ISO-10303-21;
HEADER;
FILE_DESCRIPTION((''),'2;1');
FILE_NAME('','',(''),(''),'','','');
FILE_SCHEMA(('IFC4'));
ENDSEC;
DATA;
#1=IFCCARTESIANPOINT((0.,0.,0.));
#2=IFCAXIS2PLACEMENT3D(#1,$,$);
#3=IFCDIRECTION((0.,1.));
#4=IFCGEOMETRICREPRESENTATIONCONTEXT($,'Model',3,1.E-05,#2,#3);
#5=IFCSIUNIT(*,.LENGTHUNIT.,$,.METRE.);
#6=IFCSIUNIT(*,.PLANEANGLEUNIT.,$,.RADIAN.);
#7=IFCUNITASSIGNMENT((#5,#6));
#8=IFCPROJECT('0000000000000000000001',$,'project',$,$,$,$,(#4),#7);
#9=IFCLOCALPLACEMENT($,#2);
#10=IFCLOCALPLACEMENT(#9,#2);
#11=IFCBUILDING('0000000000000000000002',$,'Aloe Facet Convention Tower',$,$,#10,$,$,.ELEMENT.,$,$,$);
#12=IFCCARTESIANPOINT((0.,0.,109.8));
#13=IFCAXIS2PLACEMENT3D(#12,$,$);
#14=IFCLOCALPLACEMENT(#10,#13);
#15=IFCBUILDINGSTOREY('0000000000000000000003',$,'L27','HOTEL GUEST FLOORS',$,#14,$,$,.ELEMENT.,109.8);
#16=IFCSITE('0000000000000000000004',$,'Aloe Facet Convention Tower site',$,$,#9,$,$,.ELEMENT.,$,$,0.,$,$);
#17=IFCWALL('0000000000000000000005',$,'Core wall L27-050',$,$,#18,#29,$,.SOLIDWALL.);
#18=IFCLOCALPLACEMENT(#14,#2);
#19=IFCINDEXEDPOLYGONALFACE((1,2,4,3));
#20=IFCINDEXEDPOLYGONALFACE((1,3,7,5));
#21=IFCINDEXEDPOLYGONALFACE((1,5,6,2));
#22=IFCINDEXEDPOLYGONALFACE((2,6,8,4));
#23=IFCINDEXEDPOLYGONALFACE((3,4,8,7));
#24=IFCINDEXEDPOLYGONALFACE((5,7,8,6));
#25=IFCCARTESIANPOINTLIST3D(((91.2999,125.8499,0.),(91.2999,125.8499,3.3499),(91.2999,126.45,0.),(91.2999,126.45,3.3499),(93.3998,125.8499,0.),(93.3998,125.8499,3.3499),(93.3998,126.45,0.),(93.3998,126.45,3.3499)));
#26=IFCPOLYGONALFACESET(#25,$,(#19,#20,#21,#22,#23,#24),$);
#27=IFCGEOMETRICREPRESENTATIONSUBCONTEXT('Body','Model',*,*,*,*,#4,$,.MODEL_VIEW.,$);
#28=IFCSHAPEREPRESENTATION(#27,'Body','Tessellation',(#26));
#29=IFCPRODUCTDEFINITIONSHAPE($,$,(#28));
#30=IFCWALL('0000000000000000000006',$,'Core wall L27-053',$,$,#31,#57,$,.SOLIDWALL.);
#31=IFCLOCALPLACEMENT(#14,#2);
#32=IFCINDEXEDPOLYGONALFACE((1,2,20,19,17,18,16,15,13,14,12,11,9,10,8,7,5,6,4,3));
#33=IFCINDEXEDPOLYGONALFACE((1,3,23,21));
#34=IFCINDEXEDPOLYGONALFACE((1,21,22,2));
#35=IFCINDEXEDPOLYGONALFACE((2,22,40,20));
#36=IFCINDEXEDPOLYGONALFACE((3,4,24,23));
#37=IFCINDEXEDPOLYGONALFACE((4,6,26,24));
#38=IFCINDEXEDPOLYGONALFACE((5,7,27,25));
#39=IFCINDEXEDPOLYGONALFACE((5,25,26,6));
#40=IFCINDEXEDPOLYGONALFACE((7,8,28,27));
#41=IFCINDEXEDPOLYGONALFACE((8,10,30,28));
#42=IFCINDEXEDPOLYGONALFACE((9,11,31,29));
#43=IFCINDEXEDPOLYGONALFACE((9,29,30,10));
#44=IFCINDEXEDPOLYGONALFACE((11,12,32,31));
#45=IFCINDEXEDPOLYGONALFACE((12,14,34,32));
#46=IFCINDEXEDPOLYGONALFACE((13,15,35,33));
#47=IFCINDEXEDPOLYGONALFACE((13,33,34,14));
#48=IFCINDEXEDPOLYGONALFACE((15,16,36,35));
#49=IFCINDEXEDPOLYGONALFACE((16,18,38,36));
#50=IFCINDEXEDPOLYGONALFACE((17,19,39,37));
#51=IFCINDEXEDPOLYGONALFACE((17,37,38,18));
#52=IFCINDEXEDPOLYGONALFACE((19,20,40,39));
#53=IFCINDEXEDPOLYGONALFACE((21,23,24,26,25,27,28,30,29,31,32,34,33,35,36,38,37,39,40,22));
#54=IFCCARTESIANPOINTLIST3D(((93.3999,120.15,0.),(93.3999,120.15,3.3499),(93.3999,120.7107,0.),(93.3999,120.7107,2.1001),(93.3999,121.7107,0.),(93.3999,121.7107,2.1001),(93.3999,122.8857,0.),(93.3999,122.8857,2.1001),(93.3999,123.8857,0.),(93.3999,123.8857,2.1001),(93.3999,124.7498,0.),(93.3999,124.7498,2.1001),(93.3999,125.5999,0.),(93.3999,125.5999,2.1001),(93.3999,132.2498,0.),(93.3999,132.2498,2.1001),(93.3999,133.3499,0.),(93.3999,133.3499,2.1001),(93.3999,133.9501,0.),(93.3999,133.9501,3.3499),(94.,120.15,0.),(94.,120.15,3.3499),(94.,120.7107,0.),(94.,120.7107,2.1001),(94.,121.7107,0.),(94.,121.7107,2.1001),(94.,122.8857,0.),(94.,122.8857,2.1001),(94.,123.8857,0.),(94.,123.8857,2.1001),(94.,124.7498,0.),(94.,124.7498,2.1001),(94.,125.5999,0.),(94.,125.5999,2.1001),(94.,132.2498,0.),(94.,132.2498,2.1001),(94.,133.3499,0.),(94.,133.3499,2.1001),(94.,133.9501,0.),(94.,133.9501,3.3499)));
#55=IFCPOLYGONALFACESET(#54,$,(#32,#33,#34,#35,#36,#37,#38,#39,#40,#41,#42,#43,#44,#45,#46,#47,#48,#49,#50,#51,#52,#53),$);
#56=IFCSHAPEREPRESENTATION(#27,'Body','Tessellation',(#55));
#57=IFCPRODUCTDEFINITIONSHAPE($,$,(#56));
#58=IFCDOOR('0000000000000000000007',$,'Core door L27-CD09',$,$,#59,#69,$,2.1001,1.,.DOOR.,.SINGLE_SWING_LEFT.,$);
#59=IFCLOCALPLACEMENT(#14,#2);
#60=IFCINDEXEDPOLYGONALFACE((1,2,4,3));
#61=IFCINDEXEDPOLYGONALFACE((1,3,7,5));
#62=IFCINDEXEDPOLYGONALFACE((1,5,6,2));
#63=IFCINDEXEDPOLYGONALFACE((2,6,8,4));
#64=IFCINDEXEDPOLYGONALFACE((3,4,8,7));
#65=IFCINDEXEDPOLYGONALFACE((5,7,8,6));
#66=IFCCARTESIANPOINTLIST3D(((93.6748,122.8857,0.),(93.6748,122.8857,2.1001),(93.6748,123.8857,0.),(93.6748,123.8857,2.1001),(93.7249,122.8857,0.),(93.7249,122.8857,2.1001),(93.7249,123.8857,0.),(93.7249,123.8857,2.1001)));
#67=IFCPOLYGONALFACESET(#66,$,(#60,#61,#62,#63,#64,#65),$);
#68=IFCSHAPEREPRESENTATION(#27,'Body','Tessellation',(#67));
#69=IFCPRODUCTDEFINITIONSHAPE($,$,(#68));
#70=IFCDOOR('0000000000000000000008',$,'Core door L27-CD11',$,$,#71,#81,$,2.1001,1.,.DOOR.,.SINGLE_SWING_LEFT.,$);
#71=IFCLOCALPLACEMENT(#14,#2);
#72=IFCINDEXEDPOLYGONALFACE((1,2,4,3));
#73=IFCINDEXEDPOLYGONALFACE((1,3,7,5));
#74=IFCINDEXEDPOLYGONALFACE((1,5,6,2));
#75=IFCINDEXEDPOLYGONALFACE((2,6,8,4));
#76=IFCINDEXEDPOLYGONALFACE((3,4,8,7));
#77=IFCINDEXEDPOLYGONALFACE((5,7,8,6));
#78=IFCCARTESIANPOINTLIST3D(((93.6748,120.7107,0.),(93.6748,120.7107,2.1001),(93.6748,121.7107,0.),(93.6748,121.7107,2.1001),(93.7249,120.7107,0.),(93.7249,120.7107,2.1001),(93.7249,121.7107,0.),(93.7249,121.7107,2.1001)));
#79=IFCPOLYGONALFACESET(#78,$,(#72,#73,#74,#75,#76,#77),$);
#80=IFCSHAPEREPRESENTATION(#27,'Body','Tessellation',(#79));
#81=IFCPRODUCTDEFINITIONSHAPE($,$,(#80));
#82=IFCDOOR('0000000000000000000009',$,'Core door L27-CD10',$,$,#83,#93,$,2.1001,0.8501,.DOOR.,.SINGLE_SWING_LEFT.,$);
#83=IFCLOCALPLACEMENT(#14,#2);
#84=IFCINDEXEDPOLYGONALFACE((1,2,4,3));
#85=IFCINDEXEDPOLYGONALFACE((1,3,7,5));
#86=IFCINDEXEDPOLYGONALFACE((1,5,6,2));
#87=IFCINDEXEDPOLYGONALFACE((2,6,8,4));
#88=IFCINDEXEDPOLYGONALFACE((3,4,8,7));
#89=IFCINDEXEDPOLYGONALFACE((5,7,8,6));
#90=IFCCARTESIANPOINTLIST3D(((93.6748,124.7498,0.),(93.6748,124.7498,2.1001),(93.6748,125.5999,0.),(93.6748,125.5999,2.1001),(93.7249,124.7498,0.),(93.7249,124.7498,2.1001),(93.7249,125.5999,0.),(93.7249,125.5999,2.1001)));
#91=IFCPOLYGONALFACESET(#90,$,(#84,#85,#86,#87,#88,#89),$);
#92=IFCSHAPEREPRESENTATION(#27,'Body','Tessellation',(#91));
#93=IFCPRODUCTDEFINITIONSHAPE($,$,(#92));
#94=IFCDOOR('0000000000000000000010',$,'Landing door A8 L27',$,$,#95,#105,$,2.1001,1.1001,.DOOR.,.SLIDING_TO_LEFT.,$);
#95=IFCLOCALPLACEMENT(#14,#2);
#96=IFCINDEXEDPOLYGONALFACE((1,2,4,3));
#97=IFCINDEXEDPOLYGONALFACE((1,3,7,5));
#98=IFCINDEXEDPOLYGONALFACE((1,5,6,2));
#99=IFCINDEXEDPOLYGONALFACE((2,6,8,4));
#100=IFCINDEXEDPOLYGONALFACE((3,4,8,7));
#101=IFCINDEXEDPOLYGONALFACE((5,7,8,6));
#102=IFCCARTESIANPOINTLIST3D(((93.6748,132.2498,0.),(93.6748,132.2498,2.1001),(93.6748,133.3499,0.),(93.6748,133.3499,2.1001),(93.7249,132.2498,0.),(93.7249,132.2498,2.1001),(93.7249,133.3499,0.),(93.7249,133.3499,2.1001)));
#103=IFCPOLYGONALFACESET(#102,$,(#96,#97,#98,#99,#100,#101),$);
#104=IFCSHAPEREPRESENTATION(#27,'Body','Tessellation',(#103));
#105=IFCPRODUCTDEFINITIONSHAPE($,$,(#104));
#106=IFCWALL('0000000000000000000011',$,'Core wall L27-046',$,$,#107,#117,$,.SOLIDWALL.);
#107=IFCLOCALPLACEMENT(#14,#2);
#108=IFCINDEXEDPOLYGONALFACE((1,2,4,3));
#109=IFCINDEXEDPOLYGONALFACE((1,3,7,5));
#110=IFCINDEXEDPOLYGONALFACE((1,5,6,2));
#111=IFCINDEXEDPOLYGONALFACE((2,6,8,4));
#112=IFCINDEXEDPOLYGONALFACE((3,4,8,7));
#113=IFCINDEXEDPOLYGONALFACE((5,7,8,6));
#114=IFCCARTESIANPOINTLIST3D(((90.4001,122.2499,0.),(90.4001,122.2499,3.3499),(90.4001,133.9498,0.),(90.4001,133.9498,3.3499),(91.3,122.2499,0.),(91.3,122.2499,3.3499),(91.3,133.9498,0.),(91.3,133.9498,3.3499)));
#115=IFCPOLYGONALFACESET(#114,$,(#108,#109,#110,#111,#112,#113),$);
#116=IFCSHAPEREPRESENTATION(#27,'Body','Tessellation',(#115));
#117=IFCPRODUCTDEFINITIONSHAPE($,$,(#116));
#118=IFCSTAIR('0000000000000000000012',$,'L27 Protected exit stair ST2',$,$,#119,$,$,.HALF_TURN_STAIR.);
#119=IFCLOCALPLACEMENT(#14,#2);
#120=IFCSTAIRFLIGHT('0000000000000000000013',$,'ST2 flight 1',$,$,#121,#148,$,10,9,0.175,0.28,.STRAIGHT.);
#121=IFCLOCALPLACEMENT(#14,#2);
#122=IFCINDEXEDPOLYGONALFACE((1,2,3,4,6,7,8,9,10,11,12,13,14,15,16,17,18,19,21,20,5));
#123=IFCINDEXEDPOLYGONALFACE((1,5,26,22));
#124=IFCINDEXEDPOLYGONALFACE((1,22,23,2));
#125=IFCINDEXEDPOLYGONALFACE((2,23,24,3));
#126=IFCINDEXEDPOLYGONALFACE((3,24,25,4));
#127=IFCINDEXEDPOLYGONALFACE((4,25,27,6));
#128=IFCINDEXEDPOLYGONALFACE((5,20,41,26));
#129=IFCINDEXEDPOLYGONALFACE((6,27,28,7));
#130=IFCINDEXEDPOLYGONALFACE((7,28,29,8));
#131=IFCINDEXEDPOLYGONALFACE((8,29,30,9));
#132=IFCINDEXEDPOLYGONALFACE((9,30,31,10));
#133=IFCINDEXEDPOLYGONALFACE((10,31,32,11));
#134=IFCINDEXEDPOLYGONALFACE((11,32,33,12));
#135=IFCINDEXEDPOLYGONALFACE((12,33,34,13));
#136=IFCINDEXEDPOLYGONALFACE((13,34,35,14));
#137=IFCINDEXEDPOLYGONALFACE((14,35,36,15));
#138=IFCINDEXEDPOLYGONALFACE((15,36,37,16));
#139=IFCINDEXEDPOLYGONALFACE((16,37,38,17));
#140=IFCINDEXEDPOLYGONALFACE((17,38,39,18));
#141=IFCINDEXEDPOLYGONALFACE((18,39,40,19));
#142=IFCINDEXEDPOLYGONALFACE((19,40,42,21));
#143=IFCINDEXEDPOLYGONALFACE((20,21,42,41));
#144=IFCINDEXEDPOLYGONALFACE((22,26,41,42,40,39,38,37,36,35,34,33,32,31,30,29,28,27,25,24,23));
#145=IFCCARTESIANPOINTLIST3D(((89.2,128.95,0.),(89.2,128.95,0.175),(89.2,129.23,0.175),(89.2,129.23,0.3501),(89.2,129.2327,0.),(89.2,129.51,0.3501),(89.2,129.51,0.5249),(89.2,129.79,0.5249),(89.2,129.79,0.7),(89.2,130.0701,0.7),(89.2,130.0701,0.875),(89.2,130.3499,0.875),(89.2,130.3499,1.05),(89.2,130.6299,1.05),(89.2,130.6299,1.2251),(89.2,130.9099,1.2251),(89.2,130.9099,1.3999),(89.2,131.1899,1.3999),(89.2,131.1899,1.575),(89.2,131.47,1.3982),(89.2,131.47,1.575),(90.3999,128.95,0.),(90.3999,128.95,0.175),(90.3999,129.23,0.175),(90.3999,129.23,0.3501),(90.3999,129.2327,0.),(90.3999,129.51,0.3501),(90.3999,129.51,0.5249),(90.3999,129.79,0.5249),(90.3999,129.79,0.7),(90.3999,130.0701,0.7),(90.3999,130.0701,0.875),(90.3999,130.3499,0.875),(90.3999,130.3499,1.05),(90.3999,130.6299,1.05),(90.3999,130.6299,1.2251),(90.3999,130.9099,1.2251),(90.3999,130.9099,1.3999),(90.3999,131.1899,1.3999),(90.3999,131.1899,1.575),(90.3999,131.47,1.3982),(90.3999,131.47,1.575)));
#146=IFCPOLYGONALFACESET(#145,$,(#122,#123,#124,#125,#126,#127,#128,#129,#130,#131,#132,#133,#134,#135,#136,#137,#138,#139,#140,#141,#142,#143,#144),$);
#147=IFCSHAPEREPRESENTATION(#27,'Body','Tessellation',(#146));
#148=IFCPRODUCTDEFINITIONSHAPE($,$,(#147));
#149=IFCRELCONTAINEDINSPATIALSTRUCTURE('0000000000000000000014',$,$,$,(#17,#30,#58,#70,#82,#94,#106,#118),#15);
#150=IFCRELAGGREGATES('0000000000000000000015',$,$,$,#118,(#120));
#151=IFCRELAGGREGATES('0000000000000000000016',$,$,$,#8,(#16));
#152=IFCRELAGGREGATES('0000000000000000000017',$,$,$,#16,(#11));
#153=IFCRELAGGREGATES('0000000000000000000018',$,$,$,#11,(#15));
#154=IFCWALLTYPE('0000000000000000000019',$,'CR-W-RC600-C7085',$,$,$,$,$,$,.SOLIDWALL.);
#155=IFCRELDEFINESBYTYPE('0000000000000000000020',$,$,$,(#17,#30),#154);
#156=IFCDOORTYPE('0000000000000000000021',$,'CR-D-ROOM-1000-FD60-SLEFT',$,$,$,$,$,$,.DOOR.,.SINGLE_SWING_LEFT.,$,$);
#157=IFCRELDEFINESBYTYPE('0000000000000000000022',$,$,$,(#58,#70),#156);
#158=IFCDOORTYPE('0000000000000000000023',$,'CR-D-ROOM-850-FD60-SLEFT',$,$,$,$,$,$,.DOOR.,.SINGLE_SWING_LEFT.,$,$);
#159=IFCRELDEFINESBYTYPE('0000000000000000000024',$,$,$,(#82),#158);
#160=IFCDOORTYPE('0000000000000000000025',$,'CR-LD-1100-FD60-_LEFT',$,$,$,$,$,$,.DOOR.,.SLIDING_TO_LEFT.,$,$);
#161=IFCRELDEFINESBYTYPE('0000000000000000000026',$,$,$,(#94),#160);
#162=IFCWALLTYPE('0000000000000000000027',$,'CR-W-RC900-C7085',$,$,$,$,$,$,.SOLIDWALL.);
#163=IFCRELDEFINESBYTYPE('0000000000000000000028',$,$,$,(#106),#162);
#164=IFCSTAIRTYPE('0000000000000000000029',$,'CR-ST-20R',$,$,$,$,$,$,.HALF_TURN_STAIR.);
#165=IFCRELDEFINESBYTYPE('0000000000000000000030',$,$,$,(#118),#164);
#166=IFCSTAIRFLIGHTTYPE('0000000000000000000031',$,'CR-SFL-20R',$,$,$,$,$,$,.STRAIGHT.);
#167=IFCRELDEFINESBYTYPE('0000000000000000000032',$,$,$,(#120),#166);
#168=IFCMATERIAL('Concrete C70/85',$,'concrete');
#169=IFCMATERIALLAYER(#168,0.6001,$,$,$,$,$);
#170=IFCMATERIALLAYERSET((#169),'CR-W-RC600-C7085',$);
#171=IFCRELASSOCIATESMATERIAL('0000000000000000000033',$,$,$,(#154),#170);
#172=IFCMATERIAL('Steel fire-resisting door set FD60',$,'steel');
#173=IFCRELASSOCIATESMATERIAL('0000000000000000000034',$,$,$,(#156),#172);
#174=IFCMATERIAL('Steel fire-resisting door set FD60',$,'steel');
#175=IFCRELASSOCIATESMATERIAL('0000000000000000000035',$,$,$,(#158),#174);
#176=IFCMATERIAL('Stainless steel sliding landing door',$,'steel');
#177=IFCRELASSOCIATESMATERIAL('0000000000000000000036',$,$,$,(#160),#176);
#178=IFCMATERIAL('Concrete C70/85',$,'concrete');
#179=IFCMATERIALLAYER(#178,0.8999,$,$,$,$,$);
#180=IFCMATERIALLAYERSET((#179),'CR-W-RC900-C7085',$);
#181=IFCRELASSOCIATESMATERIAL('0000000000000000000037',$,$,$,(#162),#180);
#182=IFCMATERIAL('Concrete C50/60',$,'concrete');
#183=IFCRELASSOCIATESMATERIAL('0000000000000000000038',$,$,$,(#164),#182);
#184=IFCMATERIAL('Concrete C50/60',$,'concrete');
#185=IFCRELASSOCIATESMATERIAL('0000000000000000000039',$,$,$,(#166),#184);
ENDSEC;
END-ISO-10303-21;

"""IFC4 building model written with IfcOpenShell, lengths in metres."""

from ifc_helpers import new_model, si_unit, direction, frame, frame_2d, origin, place, context, subcontext, project, spatial, polyline, rectangle, outline, extrude, material, layer, layer_set, type_object, element, fill, aggregate, save


model = new_model("IFC4")

# Units and contexts
model_context = context("Model", 3, precision=1e-05, world=origin(), true_north=direction((0.0, 1.0)))
body_context = subcontext(model_context, "Body", "Model", "MODEL_VIEW")
ifc_project = project(units=[si_unit("LENGTHUNIT", "METRE"), si_unit("PLANEANGLEUNIT", "RADIAN")], contexts=[model_context])

# Site, building, storey
site_placement = place(None, origin())
site = spatial("IfcSite", under=ifc_project, at=site_placement, Name="Aloe Facet Convention Tower site", CompositionType="ELEMENT", RefElevation=0.0)
building_placement = place(site_placement, origin())
building = spatial("IfcBuilding", under=site, at=building_placement, Name="Aloe Facet Convention Tower", CompositionType="ELEMENT")
storey_placement = place(building_placement, frame((0.0, 0.0, 109.8)))
storey = spatial("IfcBuildingStorey", under=building, at=storey_placement, Name="L27", Description="HOTEL GUEST FLOORS", CompositionType="ELEMENT", Elevation=109.8)

# Wall
ifc_material_1 = material(Name="Concrete C70/85", Category="concrete")
ifc_layer_1 = layer(ifc_material_1, 0.6001)
ifc_layer_set_1 = layer_set([ifc_layer_1], Name="CR-W-RC600-C7085")
wall_type_1 = type_object("IfcWallType", Name="CR-W-RC600-C7085", PredefinedType="SOLIDWALL", material=ifc_layer_set_1)
wall_1_placement = place(storey_placement, frame((91.3, 126.1499, 0.0), z_axis=(0.0, 0.0, 1.0), x_axis=(1.0, 0.0, 0.0)))
element("IfcWall", 1, at=wall_1_placement, inside=storey, type_object=wall_type_1, Name="Core wall L27-050", PredefinedType="SOLIDWALL", context=body_context, shape_type="SweptSolid", body=[
    extrude(rectangle(XDim=2.0999, YDim=0.6001, at=frame_2d((1.0498, 0.0))), origin(), (0.0, 0.0, 1.0), 3.3499),
])

# Wall, openings, doors
wall_2_placement = place(storey_placement, frame((93.7, 133.95, 0.0), z_axis=(0.0, 0.0, 1.0), x_axis=(0.0, -1.0, 0.0)))
wall_2 = element("IfcWall", 2, at=wall_2_placement, inside=storey, type_object=wall_type_1, Name="Core wall L27-053", PredefinedType="SOLIDWALL", context=body_context, shape_type="SweptSolid", body=[
    extrude(rectangle(XDim=13.8, YDim=0.6001, at=frame_2d((6.8999, 0.0))), origin(), (0.0, 0.0, 1.0), 3.3499),
])
opening_1_placement = place(wall_2_placement, frame((0.6001, 0.0, 0.0)))
opening_1 = element("IfcOpeningElement", 3, at=opening_1_placement, cuts=wall_2, PredefinedType="OPENING", context=body_context, shape_type="SweptSolid", body=[
    extrude(rectangle(XDim=1.1001, YDim=2.1001, at=frame_2d((0.55, 1.05))), frame((0.0, 0.3101, 0.0), z_axis=(0.0, -1.0, 0.0), x_axis=(1.0, 0.0, 0.0)), (0.0, 0.0, 1.0), 0.6201),
])
opening_2_placement = place(wall_2_placement, frame((10.0642, 0.0, 0.0)))
opening_2 = element("IfcOpeningElement", 4, at=opening_2_placement, cuts=wall_2, PredefinedType="OPENING", context=body_context, shape_type="SweptSolid", body=[
    extrude(rectangle(XDim=1.0, YDim=2.1001, at=frame_2d((0.5, 1.05))), frame((0.0, 0.3101, 0.0), z_axis=(0.0, -1.0, 0.0), x_axis=(1.0, 0.0, 0.0)), (0.0, 0.0, 1.0), 0.6201),
])
opening_3_placement = place(wall_2_placement, frame((8.3501, 0.0, 0.0)))
opening_3 = element("IfcOpeningElement", 5, at=opening_3_placement, cuts=wall_2, PredefinedType="OPENING", context=body_context, shape_type="SweptSolid", body=[
    extrude(rectangle(XDim=0.8501, YDim=2.1001, at=frame_2d((0.425, 1.05))), frame((0.0, 0.3101, 0.0), z_axis=(0.0, -1.0, 0.0), x_axis=(1.0, 0.0, 0.0)), (0.0, 0.0, 1.0), 0.6201),
])
opening_4_placement = place(wall_2_placement, frame((12.2393, 0.0, 0.0)))
opening_4 = element("IfcOpeningElement", 6, at=opening_4_placement, cuts=wall_2, PredefinedType="OPENING", context=body_context, shape_type="SweptSolid", body=[
    extrude(rectangle(XDim=1.0, YDim=2.1001, at=frame_2d((0.5, 1.05))), frame((0.0, 0.3101, 0.0), z_axis=(0.0, -1.0, 0.0), x_axis=(1.0, 0.0, 0.0)), (0.0, 0.0, 1.0), 0.6201),
])
ifc_material_2 = material(Name="Steel fire-resisting door set FD60", Category="steel")
door_type_1 = type_object("IfcDoorType", Name="CR-D-ROOM-1000-FD60-SLEFT", OperationType="SINGLE_SWING_LEFT", PredefinedType="DOOR", material=ifc_material_2)
door_1_placement = place(opening_2_placement, origin())
door_1 = element("IfcDoor", 7, at=door_1_placement, inside=storey, type_object=door_type_1, Name="Core door L27-CD09", OperationType="SINGLE_SWING_LEFT", OverallHeight=2.1001, OverallWidth=1.0, PredefinedType="DOOR", context=body_context, shape_type="SweptSolid", body=[
    extrude(rectangle(XDim=1.0, YDim=2.1001, at=frame_2d((0.5, 1.05))), frame((0.0, 0.0249, 0.0), z_axis=(0.0, -1.0, 0.0), x_axis=(1.0, 0.0, 0.0)), (0.0, 0.0, 1.0), 0.05),
])
fill(opening_2, door_1)
door_2_placement = place(opening_4_placement, origin())
door_2 = element("IfcDoor", 8, at=door_2_placement, inside=storey, type_object=door_type_1, Name="Core door L27-CD11", OperationType="SINGLE_SWING_LEFT", OverallHeight=2.1001, OverallWidth=1.0, PredefinedType="DOOR", context=body_context, shape_type="SweptSolid", body=[
    extrude(rectangle(XDim=1.0, YDim=2.1001, at=frame_2d((0.5, 1.05))), frame((0.0, 0.0249, 0.0), z_axis=(0.0, -1.0, 0.0), x_axis=(1.0, 0.0, 0.0)), (0.0, 0.0, 1.0), 0.05),
])
fill(opening_4, door_2)
ifc_material_3 = material(Name="Steel fire-resisting door set FD60", Category="steel")
door_type_2 = type_object("IfcDoorType", Name="CR-D-ROOM-850-FD60-SLEFT", OperationType="SINGLE_SWING_LEFT", PredefinedType="DOOR", material=ifc_material_3)
door_3_placement = place(opening_3_placement, origin())
door_3 = element("IfcDoor", 9, at=door_3_placement, inside=storey, type_object=door_type_2, Name="Core door L27-CD10", OperationType="SINGLE_SWING_LEFT", OverallHeight=2.1001, OverallWidth=0.8501, PredefinedType="DOOR", context=body_context, shape_type="SweptSolid", body=[
    extrude(rectangle(XDim=0.8501, YDim=2.1001, at=frame_2d((0.425, 1.05))), frame((0.0, 0.0249, 0.0), z_axis=(0.0, -1.0, 0.0), x_axis=(1.0, 0.0, 0.0)), (0.0, 0.0, 1.0), 0.05),
])
fill(opening_3, door_3)
ifc_material_4 = material(Name="Stainless steel sliding landing door", Category="steel")
door_type_3 = type_object("IfcDoorType", Name="CR-LD-1100-FD60-_LEFT", OperationType="SLIDING_TO_LEFT", PredefinedType="DOOR", material=ifc_material_4)
door_4_placement = place(opening_1_placement, origin())
door_4 = element("IfcDoor", 10, at=door_4_placement, inside=storey, type_object=door_type_3, Name="Landing door A8 L27", OperationType="SLIDING_TO_LEFT", OverallHeight=2.1001, OverallWidth=1.1001, PredefinedType="DOOR", context=body_context, shape_type="SweptSolid", body=[
    extrude(rectangle(XDim=1.1001, YDim=2.1001, at=frame_2d((0.55, 1.05))), frame((0.0, 0.0249, 0.0), z_axis=(0.0, -1.0, 0.0), x_axis=(1.0, 0.0, 0.0)), (0.0, 0.0, 1.0), 0.05),
])
fill(opening_1, door_4)

# Wall
ifc_material_5 = material(Name="Concrete C70/85", Category="concrete")
ifc_layer_2 = layer(ifc_material_5, 0.8999)
ifc_layer_set_2 = layer_set([ifc_layer_2], Name="CR-W-RC900-C7085")
wall_type_2 = type_object("IfcWallType", Name="CR-W-RC900-C7085", PredefinedType="SOLIDWALL", material=ifc_layer_set_2)
wall_3_placement = place(storey_placement, frame((90.8501, 133.95, 0.0), z_axis=(0.0, 0.0, 1.0), x_axis=(0.0, -1.0, 0.0)))
element("IfcWall", 11, at=wall_3_placement, inside=storey, type_object=wall_type_2, Name="Core wall L27-046", PredefinedType="SOLIDWALL", context=body_context, shape_type="SweptSolid", body=[
    extrude(rectangle(XDim=11.7, YDim=0.8999, at=frame_2d((5.8501, 0.0))), origin(), (0.0, 0.0, 1.0), 3.3499),
])

# Stair, stair flight
ifc_material_6 = material(Name="Concrete C50/60", Category="concrete")
stair_type = type_object("IfcStairType", Name="CR-ST-20R", PredefinedType="HALF_TURN_STAIR", material=ifc_material_6)
stair_placement = place(storey_placement, origin())
stair = element("IfcStair", 12, at=stair_placement, inside=storey, type_object=stair_type, Name="L27 Protected exit stair ST2", PredefinedType="HALF_TURN_STAIR")
ifc_material_7 = material(Name="Concrete C50/60", Category="concrete")
stair_flight_type = type_object("IfcStairFlightType", Name="CR-SFL-20R", PredefinedType="STRAIGHT", material=ifc_material_7)
stair_flight_placement = place(storey_placement, frame((89.8, 128.95, 0.0), z_axis=(0.0, 0.0, 1.0), x_axis=(0.0, 1.0, 0.0)))
stair_flight = element("IfcStairFlight", 13, at=stair_flight_placement, type_object=stair_flight_type, Name="ST2 flight 1", NumberOfRisers=10, NumberOfTreads=9, PredefinedType="STRAIGHT", RiserHeight=0.175, TreadLength=0.28, context=body_context, shape_type="SweptSolid", body=[
    extrude(outline(polyline([(0.0, 0.0), (0.0, 0.175), (0.28, 0.175), (0.28, 0.3501), (0.5601, 0.3501), (0.5601, 0.5249), (0.8401, 0.5249), (0.8401, 0.7), (1.1201, 0.7), (1.1201, 0.875), (1.3999, 0.875), (1.3999, 1.05), (1.6799, 1.05), (1.6799, 1.2251), (1.96, 1.2251), (1.96, 1.3999), (2.24, 1.3999), (2.24, 1.575), (2.52, 1.575), (2.52, 1.75), (2.52, 1.3982), (0.2827, 0.0), (0.0, 0.0)])), frame((0.0, 0.6001, 0.0), z_axis=(0.0, -1.0, 0.0), x_axis=(1.0, 0.0, 0.0)), (0.0, 0.0, 1.0), 1.2),
])
aggregate(stair, [stair_flight])

save(model, "model.ifc")
